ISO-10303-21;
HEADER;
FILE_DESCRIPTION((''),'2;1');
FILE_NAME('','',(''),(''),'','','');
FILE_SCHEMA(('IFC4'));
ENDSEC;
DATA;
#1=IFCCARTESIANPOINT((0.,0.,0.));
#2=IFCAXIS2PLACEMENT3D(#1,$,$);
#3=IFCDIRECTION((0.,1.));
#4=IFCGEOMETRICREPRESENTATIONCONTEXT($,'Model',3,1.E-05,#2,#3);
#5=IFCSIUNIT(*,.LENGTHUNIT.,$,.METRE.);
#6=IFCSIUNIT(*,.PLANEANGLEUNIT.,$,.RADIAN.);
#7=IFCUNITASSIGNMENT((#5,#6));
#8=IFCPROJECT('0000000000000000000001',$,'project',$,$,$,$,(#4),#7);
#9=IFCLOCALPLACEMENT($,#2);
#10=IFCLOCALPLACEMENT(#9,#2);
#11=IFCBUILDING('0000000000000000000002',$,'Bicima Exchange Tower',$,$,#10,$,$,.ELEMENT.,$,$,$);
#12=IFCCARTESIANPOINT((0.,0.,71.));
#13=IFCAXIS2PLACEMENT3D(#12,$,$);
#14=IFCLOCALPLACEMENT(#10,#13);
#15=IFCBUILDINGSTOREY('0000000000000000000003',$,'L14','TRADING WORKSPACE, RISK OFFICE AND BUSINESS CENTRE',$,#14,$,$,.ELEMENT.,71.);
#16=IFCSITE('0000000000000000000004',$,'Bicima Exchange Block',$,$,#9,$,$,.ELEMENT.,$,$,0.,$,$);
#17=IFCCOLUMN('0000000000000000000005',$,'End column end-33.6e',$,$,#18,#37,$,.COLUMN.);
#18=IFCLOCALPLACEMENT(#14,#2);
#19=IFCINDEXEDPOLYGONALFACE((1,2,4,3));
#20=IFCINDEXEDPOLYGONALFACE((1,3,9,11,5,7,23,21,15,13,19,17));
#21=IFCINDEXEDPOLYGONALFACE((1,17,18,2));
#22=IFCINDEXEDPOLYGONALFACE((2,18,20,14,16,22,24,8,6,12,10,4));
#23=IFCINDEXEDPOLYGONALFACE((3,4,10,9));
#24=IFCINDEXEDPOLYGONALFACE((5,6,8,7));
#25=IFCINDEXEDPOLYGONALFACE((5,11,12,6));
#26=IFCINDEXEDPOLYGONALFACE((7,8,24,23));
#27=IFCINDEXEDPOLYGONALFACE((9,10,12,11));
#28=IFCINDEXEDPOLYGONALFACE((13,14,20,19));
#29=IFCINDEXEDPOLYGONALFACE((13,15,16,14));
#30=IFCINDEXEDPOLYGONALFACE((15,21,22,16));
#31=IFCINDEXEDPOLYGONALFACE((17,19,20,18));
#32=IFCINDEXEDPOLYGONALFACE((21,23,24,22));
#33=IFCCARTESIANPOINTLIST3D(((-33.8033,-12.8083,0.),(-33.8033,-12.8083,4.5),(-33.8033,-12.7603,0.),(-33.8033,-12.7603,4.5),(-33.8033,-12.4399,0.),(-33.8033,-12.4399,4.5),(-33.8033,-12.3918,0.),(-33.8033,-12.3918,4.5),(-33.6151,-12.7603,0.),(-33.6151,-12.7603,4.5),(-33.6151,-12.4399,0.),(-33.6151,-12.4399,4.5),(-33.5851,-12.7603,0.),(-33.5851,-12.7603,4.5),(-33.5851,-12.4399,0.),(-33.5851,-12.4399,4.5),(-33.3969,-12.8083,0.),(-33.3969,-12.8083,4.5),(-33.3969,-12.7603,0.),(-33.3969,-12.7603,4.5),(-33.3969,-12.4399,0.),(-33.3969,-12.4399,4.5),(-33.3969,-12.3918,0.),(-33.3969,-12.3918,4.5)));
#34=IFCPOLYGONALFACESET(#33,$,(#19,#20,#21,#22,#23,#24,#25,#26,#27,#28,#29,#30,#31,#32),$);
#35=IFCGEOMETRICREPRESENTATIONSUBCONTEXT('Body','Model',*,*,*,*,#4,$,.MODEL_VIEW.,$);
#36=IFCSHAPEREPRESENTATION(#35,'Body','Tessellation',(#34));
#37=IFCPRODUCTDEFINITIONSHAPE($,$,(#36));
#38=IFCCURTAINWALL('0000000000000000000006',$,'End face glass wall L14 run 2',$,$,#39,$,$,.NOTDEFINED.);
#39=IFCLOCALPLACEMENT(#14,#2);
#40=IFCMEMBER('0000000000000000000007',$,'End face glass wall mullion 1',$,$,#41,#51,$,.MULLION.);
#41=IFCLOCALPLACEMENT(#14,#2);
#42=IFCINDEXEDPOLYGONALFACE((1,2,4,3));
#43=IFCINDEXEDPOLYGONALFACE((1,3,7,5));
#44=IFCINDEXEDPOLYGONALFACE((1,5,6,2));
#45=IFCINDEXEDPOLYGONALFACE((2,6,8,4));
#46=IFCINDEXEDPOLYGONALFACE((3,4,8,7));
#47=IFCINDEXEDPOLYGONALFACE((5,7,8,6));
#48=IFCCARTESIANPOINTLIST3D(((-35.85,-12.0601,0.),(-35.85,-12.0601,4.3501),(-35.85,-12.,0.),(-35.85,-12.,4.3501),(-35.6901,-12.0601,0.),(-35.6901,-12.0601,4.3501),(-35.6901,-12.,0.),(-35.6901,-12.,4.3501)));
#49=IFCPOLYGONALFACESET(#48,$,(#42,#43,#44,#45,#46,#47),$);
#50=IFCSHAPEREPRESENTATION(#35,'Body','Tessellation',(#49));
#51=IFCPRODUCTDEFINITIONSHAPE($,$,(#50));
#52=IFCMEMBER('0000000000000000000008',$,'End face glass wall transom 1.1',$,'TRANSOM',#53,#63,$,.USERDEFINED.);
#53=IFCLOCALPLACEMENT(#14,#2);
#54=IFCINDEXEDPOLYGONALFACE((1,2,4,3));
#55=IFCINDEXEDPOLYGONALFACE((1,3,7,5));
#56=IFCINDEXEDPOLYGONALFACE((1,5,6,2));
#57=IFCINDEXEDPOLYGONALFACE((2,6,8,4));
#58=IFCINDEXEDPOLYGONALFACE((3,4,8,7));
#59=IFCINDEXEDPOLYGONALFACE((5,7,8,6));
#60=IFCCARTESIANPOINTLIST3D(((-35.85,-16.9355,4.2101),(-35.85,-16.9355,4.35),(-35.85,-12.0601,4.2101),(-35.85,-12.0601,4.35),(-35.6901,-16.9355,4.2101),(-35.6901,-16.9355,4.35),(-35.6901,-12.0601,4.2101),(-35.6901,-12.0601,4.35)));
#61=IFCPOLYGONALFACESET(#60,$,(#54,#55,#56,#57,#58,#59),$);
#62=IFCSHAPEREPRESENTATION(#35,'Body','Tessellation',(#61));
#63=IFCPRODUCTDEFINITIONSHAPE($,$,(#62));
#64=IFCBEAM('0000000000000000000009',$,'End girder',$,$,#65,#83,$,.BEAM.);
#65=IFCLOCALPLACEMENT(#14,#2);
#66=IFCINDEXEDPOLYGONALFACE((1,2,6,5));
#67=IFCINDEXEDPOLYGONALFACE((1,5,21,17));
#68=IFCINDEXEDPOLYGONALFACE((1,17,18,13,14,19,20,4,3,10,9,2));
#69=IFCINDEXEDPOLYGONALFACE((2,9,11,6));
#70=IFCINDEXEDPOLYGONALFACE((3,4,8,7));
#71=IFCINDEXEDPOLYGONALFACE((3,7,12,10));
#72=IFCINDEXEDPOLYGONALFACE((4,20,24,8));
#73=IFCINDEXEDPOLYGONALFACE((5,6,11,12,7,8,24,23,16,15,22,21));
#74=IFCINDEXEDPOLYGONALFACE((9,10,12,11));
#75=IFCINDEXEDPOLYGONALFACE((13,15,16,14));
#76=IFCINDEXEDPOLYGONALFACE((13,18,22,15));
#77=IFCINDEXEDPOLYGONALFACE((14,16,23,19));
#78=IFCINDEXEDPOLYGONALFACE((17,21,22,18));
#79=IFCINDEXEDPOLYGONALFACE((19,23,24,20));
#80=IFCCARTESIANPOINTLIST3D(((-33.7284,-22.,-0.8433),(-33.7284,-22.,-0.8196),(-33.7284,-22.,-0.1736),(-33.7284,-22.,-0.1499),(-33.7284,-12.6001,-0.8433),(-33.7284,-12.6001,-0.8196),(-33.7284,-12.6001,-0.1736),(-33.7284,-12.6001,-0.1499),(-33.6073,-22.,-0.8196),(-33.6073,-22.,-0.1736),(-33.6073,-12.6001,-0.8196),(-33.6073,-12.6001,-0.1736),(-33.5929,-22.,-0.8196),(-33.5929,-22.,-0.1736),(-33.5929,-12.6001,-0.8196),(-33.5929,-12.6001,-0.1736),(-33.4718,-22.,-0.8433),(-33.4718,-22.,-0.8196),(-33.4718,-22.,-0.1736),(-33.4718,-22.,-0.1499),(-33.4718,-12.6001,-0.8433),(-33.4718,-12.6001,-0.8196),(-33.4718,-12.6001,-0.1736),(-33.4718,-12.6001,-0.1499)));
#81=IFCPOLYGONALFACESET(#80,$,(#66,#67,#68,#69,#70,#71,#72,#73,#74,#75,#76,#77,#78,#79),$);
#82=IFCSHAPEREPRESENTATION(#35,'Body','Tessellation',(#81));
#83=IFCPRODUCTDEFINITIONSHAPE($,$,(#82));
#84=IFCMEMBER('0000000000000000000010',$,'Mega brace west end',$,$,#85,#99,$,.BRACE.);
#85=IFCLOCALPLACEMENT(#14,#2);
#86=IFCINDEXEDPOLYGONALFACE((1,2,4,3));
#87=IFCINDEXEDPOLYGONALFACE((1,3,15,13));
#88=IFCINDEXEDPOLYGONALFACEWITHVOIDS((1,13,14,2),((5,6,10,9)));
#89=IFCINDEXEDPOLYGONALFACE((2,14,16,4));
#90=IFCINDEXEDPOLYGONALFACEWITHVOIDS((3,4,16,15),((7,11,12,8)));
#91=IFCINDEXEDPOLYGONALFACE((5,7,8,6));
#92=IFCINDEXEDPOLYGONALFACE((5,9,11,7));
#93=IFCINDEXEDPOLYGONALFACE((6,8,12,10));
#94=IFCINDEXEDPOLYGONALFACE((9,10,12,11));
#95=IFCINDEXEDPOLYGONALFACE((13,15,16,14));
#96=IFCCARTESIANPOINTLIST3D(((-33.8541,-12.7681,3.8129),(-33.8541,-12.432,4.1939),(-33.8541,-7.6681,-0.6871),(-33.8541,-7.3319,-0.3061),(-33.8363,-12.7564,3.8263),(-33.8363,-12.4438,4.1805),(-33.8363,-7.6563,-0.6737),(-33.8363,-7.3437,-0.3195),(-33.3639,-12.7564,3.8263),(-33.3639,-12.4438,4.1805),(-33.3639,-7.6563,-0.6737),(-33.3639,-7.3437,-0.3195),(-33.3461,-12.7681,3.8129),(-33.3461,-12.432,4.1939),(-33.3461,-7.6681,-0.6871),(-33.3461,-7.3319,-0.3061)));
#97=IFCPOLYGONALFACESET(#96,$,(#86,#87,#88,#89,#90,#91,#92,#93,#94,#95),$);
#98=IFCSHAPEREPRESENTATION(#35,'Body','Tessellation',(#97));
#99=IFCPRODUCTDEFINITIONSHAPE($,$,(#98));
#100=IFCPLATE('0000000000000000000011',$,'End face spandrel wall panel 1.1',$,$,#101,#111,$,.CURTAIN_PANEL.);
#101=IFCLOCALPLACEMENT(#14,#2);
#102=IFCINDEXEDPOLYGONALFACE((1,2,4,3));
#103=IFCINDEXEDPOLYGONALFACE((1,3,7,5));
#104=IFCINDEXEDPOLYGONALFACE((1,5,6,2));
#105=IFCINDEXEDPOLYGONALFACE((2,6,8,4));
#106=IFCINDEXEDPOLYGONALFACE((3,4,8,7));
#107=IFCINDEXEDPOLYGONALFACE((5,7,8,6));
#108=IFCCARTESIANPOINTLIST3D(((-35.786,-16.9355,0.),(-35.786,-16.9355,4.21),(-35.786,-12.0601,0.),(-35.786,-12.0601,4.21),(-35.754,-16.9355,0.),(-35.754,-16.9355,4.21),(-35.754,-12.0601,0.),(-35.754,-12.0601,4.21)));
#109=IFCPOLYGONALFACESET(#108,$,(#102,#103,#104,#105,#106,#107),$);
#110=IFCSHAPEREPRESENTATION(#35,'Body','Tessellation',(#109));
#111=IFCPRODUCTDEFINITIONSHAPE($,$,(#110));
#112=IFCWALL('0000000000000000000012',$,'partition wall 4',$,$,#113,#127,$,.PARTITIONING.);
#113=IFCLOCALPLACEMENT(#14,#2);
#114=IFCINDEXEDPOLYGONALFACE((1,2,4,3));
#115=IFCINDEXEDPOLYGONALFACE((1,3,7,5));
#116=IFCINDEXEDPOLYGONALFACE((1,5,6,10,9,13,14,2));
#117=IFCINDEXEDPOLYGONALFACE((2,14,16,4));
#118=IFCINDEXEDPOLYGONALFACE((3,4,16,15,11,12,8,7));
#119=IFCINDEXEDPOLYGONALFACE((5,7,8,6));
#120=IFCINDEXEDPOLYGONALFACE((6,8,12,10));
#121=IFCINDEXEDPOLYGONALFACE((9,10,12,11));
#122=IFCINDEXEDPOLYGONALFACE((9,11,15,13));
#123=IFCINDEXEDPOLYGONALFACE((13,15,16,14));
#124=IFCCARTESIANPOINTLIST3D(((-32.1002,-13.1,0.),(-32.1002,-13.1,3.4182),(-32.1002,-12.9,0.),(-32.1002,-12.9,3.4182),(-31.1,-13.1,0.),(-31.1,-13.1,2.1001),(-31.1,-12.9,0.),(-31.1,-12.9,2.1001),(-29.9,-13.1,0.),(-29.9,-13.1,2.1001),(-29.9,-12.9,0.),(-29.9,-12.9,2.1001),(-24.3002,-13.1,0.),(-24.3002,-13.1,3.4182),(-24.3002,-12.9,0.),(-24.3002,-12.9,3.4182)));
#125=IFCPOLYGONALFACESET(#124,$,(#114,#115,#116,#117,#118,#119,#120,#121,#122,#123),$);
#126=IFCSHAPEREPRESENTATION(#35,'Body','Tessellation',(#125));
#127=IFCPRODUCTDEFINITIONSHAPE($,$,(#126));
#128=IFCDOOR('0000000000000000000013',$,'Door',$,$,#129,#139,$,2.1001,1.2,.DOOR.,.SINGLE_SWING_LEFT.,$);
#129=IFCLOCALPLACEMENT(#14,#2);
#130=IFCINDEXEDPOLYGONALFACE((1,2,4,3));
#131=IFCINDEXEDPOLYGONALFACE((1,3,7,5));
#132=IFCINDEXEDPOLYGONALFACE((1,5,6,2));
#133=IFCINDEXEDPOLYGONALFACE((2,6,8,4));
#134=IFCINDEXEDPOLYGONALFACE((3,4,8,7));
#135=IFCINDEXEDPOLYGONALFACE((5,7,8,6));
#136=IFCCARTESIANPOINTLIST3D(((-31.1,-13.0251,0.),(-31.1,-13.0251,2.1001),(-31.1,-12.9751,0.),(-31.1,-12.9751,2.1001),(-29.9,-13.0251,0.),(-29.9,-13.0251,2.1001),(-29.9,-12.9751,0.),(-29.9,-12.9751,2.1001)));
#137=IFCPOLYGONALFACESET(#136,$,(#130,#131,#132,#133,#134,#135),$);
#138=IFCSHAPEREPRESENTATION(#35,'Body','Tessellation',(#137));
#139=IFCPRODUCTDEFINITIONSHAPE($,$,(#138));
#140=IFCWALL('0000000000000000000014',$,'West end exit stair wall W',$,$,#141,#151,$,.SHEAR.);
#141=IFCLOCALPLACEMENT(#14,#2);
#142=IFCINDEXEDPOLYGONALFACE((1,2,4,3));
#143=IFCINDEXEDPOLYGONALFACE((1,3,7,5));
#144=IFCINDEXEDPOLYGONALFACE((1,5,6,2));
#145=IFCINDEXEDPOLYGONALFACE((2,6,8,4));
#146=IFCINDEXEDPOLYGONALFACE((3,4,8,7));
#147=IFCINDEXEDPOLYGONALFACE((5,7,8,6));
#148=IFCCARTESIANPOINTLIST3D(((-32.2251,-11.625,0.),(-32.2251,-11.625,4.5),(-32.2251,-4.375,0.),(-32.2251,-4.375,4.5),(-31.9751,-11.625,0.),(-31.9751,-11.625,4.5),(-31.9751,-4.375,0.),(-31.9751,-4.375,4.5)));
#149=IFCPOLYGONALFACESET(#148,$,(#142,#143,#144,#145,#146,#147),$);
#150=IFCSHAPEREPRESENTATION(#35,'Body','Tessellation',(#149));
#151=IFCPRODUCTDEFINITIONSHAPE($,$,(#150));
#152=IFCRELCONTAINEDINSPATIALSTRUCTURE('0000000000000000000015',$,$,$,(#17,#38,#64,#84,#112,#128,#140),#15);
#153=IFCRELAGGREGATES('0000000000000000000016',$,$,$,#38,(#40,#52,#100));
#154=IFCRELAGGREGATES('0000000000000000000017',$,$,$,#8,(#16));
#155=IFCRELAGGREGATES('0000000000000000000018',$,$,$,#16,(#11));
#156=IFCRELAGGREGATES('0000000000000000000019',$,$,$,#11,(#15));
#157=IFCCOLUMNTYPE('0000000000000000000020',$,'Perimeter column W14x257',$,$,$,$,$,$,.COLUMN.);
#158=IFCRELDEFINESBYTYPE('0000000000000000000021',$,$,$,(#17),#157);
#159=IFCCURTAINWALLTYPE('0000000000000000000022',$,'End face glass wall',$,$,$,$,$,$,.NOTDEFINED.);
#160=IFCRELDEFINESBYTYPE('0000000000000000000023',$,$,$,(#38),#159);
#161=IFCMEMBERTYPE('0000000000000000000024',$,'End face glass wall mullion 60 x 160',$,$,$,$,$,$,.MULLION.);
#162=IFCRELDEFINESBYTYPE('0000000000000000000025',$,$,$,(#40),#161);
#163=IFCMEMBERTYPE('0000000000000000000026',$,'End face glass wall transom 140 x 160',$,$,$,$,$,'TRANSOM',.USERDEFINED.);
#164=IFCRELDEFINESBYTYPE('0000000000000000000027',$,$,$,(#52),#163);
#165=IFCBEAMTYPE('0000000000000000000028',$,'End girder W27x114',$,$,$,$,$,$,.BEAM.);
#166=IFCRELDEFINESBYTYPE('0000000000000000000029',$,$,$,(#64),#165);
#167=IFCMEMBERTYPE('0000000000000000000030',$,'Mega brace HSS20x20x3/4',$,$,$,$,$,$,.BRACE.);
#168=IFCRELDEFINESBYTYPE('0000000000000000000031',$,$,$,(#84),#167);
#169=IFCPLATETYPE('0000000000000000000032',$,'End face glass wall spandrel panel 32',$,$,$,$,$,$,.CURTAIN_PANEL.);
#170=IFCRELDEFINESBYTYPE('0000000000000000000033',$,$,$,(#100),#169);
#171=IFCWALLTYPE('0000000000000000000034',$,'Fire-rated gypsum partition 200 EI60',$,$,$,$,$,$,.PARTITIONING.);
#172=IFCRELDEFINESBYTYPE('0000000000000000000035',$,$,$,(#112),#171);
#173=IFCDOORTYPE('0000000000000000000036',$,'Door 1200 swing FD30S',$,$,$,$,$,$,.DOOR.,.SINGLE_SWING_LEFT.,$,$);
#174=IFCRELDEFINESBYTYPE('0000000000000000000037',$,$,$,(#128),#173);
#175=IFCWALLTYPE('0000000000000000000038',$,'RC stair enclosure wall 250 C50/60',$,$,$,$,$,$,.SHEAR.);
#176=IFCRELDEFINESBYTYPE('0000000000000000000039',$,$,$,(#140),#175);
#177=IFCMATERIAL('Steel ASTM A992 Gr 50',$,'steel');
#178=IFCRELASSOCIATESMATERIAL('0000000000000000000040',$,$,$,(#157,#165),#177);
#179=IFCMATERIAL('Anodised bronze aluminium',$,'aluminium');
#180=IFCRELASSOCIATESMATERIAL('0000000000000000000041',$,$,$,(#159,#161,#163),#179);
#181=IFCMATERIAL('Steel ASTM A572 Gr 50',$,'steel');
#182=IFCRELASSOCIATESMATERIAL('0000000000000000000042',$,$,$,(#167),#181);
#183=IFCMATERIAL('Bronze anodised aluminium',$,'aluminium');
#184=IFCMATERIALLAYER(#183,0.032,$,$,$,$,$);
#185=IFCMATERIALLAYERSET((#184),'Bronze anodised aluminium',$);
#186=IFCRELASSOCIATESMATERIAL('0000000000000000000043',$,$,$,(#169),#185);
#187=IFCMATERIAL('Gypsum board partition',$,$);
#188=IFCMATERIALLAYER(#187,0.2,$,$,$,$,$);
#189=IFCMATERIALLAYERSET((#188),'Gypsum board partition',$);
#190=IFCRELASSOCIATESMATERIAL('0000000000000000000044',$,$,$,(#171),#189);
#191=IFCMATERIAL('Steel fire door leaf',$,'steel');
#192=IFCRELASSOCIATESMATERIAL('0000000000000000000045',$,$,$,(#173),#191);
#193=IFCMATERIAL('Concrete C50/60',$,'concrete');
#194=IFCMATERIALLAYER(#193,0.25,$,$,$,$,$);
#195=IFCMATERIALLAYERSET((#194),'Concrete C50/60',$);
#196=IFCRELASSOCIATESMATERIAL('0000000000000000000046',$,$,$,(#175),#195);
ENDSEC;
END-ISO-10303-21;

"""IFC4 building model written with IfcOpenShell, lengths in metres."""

from ifc_helpers import new_model, si_unit, direction, frame, frame_2d, origin, origin_2d, place, context, subcontext, project, spatial, rectangle, hollow_rectangle, i_section, extrude, material, layer, layer_set, material_profile, profile_set, type_object, element, fill, aggregate, save


model = new_model("IFC4")

# Units and contexts
model_context = context("Model", 3, precision=1e-05, world=origin(), true_north=direction((0.0, 1.0)))
body_context = subcontext(model_context, "Body", "Model", "MODEL_VIEW")
ifc_project = project(units=[si_unit("LENGTHUNIT", "METRE"), si_unit("PLANEANGLEUNIT", "RADIAN")], contexts=[model_context])

# Site, building, storey
site_placement = place(None, origin())
site = spatial("IfcSite", under=ifc_project, at=site_placement, Name="Bicima Exchange Block", CompositionType="ELEMENT", RefElevation=0.0)
building_placement = place(site_placement, origin())
building = spatial("IfcBuilding", under=site, at=building_placement, Name="Bicima Exchange Tower", CompositionType="ELEMENT")
storey_placement = place(building_placement, frame((0.0, 0.0, 71.0)))
storey = spatial("IfcBuildingStorey", under=building, at=storey_placement, Name="L14", Description="TRADING WORKSPACE, RISK OFFICE AND BUSINESS CENTRE", CompositionType="ELEMENT", Elevation=71.0)

# Column
ifc_material_1 = material(Name="Steel ASTM A992 Gr 50", Category="steel")
ifc_material_profile_1 = material_profile(ifc_material_1, i_section(OverallWidth=0.4065, OverallDepth=0.4165, WebThickness=0.03, FlangeThickness=0.0481, at=origin_2d()))
ifc_profile_set_1 = profile_set([ifc_material_profile_1], Name="Steel ASTM A992 Gr 50")
column_type = type_object("IfcColumnType", Name="Perimeter column W14x257", PredefinedType="COLUMN", material=ifc_profile_set_1)
column_placement = place(storey_placement, frame((-33.6001, -12.6001, 0.0), z_axis=(0.0, 0.0, 1.0), x_axis=(1.0, 0.0, 0.0)))
element("IfcColumn", 1, at=column_placement, inside=storey, type_object=column_type, Name="End column end-33.6e", PredefinedType="COLUMN", context=body_context, shape_type="SweptSolid", body=[
    extrude(i_section(OverallWidth=0.4065, OverallDepth=0.4165, WebThickness=0.03, FlangeThickness=0.0481, at=origin_2d()), origin(), (0.0, 0.0, 1.0), 4.5),
])

# Curtain wall, members
ifc_material_2 = material(Name="Anodised bronze aluminium", Category="aluminium")
curtain_wall_type = type_object("IfcCurtainWallType", Name="End face glass wall", PredefinedType="NOTDEFINED", material=ifc_material_2)
curtain_wall_placement = place(storey_placement, origin())
curtain_wall = element("IfcCurtainWall", 2, at=curtain_wall_placement, inside=storey, type_object=curtain_wall_type, Name="End face glass wall L14 run 2", PredefinedType="NOTDEFINED")
ifc_material_profile_2 = material_profile(ifc_material_2, rectangle(XDim=0.1599, YDim=0.0601, at=origin_2d()))
ifc_profile_set_2 = profile_set([ifc_material_profile_2], Name="Anodised bronze aluminium")
member_type_1 = type_object("IfcMemberType", Name="End face glass wall mullion 60 x 160", PredefinedType="MULLION", material=ifc_profile_set_2)
member_1_placement = place(storey_placement, frame((-35.77, -12.03, 0.0), z_axis=(0.0, 0.0, 1.0), x_axis=(1.0, 0.0, 0.0)))
member_1 = element("IfcMember", 3, at=member_1_placement, type_object=member_type_1, Name="End face glass wall mullion 1", PredefinedType="MULLION", context=body_context, shape_type="SweptSolid", body=[
    extrude(rectangle(XDim=0.1599, YDim=0.0601, at=origin_2d()), origin(), (0.0, 0.0, 1.0), 4.3501),
])
ifc_material_profile_3 = material_profile(ifc_material_2, rectangle(XDim=0.1599, YDim=0.1399, at=origin_2d()))
ifc_profile_set_3 = profile_set([ifc_material_profile_3], Name="Anodised bronze aluminium")
member_type_2 = type_object("IfcMemberType", Name="End face glass wall transom 140 x 160", ElementType="TRANSOM", PredefinedType="USERDEFINED", material=ifc_profile_set_3)
member_2_placement = place(storey_placement, frame((-35.77, -12.0601, 4.28), z_axis=(0.0, -1.0, 0.0), x_axis=(1.0, 0.0, 0.0)))
member_2 = element("IfcMember", 4, at=member_2_placement, type_object=member_type_2, Name="End face glass wall transom 1.1", ObjectType="TRANSOM", PredefinedType="USERDEFINED", context=body_context, shape_type="SweptSolid", body=[
    extrude(rectangle(XDim=0.1599, YDim=0.1399, at=origin_2d()), origin(), (0.0, 0.0, 1.0), 4.8755),
])

# Beam
ifc_material_profile_4 = material_profile(ifc_material_1, i_section(OverallWidth=0.2566, OverallDepth=0.6934, WebThickness=0.0144, FlangeThickness=0.0237, at=origin_2d()))
ifc_profile_set_4 = profile_set([ifc_material_profile_4], Name="Steel ASTM A992 Gr 50")
beam_type = type_object("IfcBeamType", Name="End girder W27x114", PredefinedType="BEAM", material=ifc_profile_set_4)
beam_placement = place(storey_placement, frame((-33.6001, -12.6001, -0.4966), z_axis=(0.0, -1.0, 0.0), x_axis=(1.0, 0.0, 0.0)))
element("IfcBeam", 5, at=beam_placement, inside=storey, type_object=beam_type, Name="End girder", PredefinedType="BEAM", context=body_context, shape_type="SweptSolid", body=[
    extrude(i_section(OverallWidth=0.2566, OverallDepth=0.6934, WebThickness=0.0144, FlangeThickness=0.0237, at=origin_2d()), origin(), (0.0, 0.0, 1.0), 9.3999),
])

# Member
ifc_material_3 = material(Name="Steel ASTM A572 Gr 50", Category="steel")
ifc_material_profile_5 = material_profile(ifc_material_3, hollow_rectangle(XDim=0.5081, YDim=0.5081, WallThickness=0.0178, at=origin_2d()))
ifc_profile_set_5 = profile_set([ifc_material_profile_5], Name="Steel ASTM A572 Gr 50")
member_type_3 = type_object("IfcMemberType", Name="Mega brace HSS20x20x3/4", PredefinedType="BRACE", material=ifc_profile_set_5)
member_3_placement = place(storey_placement, frame((-33.6001, -7.5, -0.4966), z_axis=(0.0, -0.749844, 0.661615), x_axis=(1.0, 0.0, 0.0)))
element("IfcMember", 6, at=member_3_placement, inside=storey, type_object=member_type_3, Name="Mega brace west end", PredefinedType="BRACE", context=body_context, shape_type="SweptSolid", body=[
    extrude(hollow_rectangle(XDim=0.5081, YDim=0.5081, WallThickness=0.0178, at=origin_2d()), origin(), (0.0, 0.0, 1.0), 6.8015),
])

# Plate
ifc_material_4 = material(Name="Bronze anodised aluminium", Category="aluminium")
ifc_layer_1 = layer(ifc_material_4, 0.032)
ifc_layer_set_1 = layer_set([ifc_layer_1], Name="Bronze anodised aluminium")
plate_type = type_object("IfcPlateType", Name="End face glass wall spandrel panel 32", PredefinedType="CURTAIN_PANEL", material=ifc_layer_set_1)
plate_placement = place(storey_placement, frame((-35.77, -14.4978, 0.0), z_axis=(0.0, 0.0, 1.0), x_axis=(0.0, -1.0, 0.0)))
plate = element("IfcPlate", 7, at=plate_placement, type_object=plate_type, Name="End face spandrel wall panel 1.1", PredefinedType="CURTAIN_PANEL", context=body_context, shape_type="SweptSolid", body=[
    extrude(rectangle(XDim=4.8755, YDim=0.032, at=origin_2d()), origin(), (0.0, 0.0, 1.0), 4.21),
])
aggregate(curtain_wall, [member_1, member_2, plate])

# Shared definitions
ifc_material_5 = material(Name="Gypsum board partition")
ifc_layer_2 = layer(ifc_material_5, 0.2)
ifc_layer_set_2 = layer_set([ifc_layer_2], Name="Gypsum board partition")
wall_type_1 = type_object("IfcWallType", Name="Fire-rated gypsum partition 200 EI60", PredefinedType="PARTITIONING", material=ifc_layer_set_2)
ifc_material_6 = material(Name="Steel fire door leaf", Category="steel")

# Wall, opening, door
wall_1_placement = place(storey_placement, frame((-32.1001, -13.0, 0.0), z_axis=(0.0, 0.0, 1.0), x_axis=(1.0, 0.0, 0.0)))
wall_1 = element("IfcWall", 8, at=wall_1_placement, inside=storey, type_object=wall_type_1, Name="partition wall 4", PredefinedType="PARTITIONING", context=body_context, shape_type="SweptSolid", body=[
    extrude(rectangle(XDim=7.8, YDim=0.2, at=frame_2d((3.8999, 0.0))), origin(), (0.0, 0.0, 1.0), 3.4182),
])
opening_1_placement = place(wall_1_placement, frame((1.0, 0.0, 0.0)))
opening_1 = element("IfcOpeningElement", 9, at=opening_1_placement, cuts=wall_1, PredefinedType="OPENING", context=body_context, shape_type="SweptSolid", body=[
    extrude(rectangle(XDim=1.2, YDim=2.1001, at=frame_2d((0.6001, 1.05))), frame((0.0, 0.1118, 0.0), z_axis=(0.0, -1.0, 0.0), x_axis=(1.0, 0.0, 0.0)), (0.0, 0.0, 1.0), 0.2239),
])
door_type_1 = type_object("IfcDoorType", Name="Door 1200 swing FD30S", OperationType="SINGLE_SWING_LEFT", PredefinedType="DOOR", material=ifc_material_6)
door_1_placement = place(opening_1_placement, origin())
door_1 = element("IfcDoor", 10, at=door_1_placement, inside=storey, type_object=door_type_1, Name="Door", OperationType="SINGLE_SWING_LEFT", OverallHeight=2.1001, OverallWidth=1.2, PredefinedType="DOOR", context=body_context, shape_type="SweptSolid", body=[
    extrude(rectangle(XDim=1.2, YDim=2.1001, at=frame_2d((0.6001, 1.05))), frame((0.0, 0.0249, 0.0), z_axis=(0.0, -1.0, 0.0), x_axis=(1.0, 0.0, 0.0)), (0.0, 0.0, 1.0), 0.05),
])
fill(opening_1, door_1)

# Wall
ifc_material_7 = material(Name="Concrete C50/60", Category="concrete")
ifc_layer_3 = layer(ifc_material_7, 0.25)
ifc_layer_set_3 = layer_set([ifc_layer_3], Name="Concrete C50/60")
wall_type_2 = type_object("IfcWallType", Name="RC stair enclosure wall 250 C50/60", PredefinedType="SHEAR", material=ifc_layer_set_3)
wall_2_placement = place(storey_placement, frame((-32.1001, -11.625, 0.0), z_axis=(0.0, 0.0, 1.0), x_axis=(0.0, 1.0, 0.0)))
element("IfcWall", 11, at=wall_2_placement, inside=storey, type_object=wall_type_2, Name="West end exit stair wall W", PredefinedType="SHEAR", context=body_context, shape_type="SweptSolid", body=[
    extrude(rectangle(XDim=7.25, YDim=0.25, at=frame_2d((3.625, 0.0))), origin(), (0.0, 0.0, 1.0), 4.5),
])

save(model, "model.ifc")
